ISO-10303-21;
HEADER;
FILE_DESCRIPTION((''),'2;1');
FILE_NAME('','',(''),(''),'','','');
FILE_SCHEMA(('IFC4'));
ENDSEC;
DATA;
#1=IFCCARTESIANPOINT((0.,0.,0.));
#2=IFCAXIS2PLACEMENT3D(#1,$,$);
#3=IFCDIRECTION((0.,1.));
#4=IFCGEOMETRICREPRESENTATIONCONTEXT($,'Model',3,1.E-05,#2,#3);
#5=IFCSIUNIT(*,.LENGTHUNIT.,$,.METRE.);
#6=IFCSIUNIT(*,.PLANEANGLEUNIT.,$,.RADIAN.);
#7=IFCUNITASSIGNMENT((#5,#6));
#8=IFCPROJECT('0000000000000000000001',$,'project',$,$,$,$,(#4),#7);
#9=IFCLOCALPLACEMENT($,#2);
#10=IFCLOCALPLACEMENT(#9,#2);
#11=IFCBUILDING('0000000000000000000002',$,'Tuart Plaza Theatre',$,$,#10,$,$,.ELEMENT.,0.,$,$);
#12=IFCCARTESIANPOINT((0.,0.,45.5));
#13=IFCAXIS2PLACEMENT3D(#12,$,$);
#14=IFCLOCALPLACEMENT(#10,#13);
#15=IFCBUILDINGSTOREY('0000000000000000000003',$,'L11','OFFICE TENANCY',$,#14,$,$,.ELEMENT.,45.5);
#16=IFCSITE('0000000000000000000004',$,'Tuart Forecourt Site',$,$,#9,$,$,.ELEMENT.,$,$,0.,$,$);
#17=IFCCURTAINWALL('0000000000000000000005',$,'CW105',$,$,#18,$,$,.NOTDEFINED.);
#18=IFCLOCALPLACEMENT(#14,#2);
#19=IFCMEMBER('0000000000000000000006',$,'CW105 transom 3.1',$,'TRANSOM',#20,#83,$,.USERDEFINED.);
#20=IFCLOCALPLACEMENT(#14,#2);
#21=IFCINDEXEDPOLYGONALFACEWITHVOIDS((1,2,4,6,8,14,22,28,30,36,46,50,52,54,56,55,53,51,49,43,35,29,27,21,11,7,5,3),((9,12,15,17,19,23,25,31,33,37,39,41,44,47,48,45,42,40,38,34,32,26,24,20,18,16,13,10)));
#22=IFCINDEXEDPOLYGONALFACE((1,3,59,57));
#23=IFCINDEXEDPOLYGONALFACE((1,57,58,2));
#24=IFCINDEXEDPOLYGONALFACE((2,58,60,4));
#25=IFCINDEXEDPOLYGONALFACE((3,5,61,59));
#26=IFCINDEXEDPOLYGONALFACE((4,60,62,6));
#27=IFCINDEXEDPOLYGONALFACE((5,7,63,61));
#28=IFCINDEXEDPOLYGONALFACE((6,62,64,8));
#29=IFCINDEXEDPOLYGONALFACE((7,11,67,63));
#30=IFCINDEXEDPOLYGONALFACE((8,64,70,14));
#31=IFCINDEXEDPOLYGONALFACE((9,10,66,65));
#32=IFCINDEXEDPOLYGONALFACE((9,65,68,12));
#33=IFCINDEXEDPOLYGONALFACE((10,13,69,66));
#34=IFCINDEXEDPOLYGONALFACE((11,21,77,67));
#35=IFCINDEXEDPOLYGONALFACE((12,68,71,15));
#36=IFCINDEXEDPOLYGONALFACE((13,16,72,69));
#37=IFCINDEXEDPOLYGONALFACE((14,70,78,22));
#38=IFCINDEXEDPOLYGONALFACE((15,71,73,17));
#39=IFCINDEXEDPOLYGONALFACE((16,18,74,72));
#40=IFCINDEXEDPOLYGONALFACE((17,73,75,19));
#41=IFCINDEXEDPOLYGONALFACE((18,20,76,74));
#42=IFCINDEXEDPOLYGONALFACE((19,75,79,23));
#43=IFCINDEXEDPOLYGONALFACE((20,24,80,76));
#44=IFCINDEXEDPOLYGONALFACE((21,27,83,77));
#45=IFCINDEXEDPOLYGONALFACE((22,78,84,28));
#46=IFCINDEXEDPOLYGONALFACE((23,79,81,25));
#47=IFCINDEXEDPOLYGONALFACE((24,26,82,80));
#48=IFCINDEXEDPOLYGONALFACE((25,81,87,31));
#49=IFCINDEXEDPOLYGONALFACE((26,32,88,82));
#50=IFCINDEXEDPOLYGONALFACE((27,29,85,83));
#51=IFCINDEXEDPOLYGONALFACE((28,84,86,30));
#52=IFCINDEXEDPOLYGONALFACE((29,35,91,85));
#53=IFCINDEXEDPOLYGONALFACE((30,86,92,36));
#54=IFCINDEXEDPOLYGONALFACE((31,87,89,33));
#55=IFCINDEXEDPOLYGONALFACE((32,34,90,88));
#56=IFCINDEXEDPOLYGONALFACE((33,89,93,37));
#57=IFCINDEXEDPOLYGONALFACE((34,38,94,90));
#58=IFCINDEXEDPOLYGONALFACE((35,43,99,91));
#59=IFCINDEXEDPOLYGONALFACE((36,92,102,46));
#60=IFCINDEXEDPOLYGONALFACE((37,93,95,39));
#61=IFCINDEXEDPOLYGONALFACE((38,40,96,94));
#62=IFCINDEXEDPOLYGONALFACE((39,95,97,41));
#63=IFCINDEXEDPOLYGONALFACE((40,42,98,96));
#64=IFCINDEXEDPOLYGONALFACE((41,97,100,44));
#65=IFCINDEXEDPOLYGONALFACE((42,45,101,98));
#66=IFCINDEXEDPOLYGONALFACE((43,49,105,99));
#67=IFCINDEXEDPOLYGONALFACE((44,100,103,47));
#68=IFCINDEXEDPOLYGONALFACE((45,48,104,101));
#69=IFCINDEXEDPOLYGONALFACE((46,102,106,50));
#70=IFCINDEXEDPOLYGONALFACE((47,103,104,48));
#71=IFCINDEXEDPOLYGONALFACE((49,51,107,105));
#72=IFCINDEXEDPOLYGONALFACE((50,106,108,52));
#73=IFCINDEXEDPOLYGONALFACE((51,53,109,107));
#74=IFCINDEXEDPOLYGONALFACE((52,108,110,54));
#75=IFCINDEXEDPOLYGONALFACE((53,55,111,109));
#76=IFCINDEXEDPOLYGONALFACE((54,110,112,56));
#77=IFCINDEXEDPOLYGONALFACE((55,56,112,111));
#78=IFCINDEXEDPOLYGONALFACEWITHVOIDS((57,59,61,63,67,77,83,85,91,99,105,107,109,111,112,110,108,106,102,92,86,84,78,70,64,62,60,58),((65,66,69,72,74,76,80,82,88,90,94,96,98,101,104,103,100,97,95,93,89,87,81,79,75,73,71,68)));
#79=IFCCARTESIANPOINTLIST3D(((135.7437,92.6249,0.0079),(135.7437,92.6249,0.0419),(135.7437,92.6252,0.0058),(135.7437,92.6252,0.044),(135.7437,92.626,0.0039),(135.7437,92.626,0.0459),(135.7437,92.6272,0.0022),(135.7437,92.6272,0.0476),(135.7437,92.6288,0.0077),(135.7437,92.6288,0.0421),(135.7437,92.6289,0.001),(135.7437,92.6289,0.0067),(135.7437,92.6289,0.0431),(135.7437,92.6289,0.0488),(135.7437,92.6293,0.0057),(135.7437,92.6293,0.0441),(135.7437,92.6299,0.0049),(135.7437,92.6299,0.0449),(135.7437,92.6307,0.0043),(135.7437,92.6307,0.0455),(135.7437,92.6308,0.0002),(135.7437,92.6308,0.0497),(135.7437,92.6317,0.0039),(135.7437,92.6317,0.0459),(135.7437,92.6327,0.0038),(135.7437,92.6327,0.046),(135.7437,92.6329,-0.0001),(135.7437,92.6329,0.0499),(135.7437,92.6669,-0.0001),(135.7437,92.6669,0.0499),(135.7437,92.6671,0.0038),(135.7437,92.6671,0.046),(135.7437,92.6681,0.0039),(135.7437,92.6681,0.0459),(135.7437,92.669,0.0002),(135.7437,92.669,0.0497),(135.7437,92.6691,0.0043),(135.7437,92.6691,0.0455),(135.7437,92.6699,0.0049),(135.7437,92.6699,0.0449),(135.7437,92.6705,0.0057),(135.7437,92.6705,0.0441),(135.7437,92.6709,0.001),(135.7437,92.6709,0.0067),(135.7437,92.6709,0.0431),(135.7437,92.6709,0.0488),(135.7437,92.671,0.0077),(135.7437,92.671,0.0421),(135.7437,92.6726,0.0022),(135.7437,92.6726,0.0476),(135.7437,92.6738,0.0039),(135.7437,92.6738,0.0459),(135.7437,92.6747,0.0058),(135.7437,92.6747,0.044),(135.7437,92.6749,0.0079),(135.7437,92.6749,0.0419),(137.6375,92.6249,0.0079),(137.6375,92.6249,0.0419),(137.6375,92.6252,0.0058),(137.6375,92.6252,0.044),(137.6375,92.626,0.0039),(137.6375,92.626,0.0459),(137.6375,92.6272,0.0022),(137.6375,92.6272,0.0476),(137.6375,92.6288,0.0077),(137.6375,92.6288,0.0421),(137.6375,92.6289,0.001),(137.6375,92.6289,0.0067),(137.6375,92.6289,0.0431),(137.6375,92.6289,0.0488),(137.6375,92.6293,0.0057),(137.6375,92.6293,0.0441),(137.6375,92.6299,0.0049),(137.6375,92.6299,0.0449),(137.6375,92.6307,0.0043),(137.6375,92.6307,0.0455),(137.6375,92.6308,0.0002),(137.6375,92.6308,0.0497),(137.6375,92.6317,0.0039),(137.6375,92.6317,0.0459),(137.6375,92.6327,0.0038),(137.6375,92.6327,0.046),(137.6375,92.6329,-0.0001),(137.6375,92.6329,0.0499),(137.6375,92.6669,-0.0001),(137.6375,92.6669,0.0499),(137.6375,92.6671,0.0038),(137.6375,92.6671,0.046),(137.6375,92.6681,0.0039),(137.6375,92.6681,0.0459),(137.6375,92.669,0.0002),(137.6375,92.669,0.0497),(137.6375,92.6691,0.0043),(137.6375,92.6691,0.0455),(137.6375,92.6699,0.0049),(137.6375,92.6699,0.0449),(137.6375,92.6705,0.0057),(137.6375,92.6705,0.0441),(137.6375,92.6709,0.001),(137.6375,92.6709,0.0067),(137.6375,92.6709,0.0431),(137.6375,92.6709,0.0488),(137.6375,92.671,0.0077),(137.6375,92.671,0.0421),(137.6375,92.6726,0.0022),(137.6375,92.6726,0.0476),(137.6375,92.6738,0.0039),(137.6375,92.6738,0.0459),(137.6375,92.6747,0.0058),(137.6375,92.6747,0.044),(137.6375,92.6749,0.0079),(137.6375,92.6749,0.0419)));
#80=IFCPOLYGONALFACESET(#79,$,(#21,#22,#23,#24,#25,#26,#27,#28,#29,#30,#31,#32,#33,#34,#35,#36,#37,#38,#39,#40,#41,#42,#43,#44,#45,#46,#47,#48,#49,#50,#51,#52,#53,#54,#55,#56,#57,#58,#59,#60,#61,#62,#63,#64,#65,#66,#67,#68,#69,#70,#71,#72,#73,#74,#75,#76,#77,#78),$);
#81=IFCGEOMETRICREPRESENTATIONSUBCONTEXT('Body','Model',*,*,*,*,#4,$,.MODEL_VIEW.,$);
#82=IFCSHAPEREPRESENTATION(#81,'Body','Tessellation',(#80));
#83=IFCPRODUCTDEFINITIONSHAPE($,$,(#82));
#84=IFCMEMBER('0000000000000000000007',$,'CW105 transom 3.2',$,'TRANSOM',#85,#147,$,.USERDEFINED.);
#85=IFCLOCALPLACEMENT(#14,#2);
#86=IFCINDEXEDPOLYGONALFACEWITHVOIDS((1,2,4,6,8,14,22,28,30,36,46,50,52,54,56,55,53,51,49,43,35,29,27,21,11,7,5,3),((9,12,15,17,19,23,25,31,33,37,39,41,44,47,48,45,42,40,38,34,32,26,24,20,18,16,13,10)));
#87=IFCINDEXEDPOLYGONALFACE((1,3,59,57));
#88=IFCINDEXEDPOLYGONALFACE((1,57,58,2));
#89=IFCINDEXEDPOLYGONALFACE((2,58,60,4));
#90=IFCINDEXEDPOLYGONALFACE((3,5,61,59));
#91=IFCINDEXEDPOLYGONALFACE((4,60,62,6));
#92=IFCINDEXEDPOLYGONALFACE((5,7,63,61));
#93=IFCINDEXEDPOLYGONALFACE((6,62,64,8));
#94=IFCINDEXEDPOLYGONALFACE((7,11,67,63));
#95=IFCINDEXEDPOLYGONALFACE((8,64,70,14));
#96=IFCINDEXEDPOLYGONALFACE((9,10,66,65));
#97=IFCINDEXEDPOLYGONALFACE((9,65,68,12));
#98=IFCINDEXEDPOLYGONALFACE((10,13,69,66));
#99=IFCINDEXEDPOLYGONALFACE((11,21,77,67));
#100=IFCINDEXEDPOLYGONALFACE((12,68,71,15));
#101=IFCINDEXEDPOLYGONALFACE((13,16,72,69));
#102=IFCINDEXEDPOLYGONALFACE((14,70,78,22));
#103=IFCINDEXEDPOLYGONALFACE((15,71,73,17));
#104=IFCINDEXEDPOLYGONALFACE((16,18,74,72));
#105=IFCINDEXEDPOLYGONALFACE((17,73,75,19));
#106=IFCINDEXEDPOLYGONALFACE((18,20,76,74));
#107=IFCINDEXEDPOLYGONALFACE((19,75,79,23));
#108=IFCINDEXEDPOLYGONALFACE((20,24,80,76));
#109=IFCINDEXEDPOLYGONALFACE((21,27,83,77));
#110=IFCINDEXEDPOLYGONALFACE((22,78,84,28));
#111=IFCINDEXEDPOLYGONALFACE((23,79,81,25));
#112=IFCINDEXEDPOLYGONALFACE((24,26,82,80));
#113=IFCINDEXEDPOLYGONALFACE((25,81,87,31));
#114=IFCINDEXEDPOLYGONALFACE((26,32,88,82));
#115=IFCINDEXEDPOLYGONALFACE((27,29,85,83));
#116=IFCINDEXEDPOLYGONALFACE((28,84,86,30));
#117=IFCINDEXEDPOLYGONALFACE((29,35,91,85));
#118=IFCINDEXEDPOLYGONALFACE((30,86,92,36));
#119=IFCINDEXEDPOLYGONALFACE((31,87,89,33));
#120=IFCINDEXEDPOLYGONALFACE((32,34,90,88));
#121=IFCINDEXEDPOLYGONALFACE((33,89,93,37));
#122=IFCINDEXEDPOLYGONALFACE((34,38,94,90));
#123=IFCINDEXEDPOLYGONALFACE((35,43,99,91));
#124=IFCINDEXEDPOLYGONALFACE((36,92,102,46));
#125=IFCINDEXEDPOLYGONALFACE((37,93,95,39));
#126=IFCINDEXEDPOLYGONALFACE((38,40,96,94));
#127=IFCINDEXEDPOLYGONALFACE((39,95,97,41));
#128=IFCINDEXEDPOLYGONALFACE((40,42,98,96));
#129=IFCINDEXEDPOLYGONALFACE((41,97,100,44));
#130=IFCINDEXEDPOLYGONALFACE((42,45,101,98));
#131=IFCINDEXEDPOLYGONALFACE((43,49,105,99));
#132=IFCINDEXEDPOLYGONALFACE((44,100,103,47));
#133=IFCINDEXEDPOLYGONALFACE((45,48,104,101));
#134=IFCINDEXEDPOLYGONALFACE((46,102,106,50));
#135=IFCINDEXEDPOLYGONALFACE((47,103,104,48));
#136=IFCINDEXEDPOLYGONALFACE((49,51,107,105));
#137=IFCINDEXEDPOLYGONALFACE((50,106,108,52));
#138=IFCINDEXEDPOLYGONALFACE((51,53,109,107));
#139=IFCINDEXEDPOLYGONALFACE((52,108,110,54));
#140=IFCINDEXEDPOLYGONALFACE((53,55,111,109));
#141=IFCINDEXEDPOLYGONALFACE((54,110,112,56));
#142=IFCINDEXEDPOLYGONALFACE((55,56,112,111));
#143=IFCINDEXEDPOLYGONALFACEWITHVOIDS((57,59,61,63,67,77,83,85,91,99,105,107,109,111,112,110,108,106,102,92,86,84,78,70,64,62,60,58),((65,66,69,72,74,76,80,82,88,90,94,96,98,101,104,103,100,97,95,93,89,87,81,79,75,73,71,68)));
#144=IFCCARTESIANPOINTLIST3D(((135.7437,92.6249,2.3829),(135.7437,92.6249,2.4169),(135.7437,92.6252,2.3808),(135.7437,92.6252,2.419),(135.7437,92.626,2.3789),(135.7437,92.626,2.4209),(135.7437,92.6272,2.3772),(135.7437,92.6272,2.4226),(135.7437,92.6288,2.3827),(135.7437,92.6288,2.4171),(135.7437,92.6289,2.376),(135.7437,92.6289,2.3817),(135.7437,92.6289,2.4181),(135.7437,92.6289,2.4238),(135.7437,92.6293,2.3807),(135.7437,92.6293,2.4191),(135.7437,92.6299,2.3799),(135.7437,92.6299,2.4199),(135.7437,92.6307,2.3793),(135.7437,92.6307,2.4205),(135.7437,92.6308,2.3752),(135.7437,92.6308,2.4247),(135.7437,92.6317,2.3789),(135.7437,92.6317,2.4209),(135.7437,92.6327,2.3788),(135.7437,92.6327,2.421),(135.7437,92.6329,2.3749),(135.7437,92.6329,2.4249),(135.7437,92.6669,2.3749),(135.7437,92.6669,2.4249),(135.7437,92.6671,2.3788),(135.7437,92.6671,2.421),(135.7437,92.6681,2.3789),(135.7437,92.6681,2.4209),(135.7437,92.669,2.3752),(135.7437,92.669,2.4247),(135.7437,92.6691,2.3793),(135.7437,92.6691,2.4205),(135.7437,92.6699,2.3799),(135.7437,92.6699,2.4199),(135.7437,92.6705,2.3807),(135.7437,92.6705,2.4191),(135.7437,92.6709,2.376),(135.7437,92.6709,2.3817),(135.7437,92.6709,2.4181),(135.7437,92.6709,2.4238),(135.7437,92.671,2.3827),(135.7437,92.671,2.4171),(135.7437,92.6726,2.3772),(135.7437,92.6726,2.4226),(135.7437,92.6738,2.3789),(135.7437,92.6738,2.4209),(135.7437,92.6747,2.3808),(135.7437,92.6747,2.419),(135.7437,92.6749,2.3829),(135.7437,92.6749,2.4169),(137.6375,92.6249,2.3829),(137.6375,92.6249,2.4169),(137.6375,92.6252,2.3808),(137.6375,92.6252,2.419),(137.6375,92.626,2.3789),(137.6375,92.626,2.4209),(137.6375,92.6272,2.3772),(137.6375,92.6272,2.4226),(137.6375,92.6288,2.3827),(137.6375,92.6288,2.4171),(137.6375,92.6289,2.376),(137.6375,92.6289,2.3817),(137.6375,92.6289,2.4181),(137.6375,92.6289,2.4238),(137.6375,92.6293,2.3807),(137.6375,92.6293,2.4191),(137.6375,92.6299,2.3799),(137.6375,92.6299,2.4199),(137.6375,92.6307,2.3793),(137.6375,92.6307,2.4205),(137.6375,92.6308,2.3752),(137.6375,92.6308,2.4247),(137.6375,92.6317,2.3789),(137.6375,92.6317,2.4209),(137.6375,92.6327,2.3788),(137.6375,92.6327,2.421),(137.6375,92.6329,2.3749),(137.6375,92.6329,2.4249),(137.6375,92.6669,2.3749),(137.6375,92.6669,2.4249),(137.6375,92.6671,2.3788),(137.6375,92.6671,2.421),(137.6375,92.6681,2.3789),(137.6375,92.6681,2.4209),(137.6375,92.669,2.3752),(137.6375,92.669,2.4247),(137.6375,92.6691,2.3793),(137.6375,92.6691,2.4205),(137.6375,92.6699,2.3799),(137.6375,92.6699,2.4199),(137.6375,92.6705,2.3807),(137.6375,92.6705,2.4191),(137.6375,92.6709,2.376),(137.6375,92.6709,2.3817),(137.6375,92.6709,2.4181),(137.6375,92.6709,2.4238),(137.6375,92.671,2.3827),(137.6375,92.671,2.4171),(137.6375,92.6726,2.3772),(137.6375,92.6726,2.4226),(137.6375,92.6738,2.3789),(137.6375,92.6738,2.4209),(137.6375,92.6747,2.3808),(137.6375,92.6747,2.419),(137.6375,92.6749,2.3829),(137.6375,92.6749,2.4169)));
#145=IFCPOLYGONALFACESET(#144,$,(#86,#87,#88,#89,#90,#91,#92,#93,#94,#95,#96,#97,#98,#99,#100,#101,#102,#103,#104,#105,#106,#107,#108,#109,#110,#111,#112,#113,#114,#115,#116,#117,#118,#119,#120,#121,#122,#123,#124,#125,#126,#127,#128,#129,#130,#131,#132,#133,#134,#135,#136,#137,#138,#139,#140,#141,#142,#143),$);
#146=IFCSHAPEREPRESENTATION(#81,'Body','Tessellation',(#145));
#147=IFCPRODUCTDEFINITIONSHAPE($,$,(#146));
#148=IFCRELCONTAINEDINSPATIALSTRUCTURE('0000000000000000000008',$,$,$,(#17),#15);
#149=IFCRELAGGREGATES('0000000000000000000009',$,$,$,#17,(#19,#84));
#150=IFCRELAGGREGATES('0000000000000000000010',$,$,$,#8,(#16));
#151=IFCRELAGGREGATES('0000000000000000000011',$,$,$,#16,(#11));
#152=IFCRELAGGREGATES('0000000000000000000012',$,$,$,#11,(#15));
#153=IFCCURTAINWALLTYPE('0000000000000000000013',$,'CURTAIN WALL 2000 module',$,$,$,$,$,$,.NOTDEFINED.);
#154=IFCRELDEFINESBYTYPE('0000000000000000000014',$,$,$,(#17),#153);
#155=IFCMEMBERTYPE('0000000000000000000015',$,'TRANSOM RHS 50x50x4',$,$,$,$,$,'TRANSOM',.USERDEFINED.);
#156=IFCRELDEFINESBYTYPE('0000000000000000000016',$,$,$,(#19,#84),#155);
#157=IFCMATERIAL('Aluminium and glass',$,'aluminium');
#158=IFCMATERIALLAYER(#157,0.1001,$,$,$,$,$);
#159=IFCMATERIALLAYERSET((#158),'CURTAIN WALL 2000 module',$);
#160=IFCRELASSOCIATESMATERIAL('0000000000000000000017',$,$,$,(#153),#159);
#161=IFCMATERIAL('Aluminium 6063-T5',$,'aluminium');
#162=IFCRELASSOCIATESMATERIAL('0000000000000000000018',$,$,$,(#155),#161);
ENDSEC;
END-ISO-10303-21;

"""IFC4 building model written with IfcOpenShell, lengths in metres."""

from ifc_helpers import new_model, si_unit, direction, frame, origin, origin_2d, place, context, subcontext, project, spatial, hollow_rectangle, extrude, material, layer, layer_set, material_profile, profile_set, type_object, element, aggregate, save


model = new_model("IFC4")

# Units and contexts
model_context = context("Model", 3, precision=1e-05, world=origin(), true_north=direction((0.0, 1.0)))
body_context = subcontext(model_context, "Body", "Model", "MODEL_VIEW")
ifc_project = project(units=[si_unit("LENGTHUNIT", "METRE"), si_unit("PLANEANGLEUNIT", "RADIAN")], contexts=[model_context])

# Site, building, storey
site_placement = place(None, origin())
site = spatial("IfcSite", under=ifc_project, at=site_placement, Name="Tuart Forecourt Site", CompositionType="ELEMENT", RefElevation=0.0)
building_placement = place(site_placement, origin())
building = spatial("IfcBuilding", under=site, at=building_placement, Name="Tuart Plaza Theatre", CompositionType="ELEMENT", ElevationOfRefHeight=0.0)
storey_placement = place(building_placement, frame((0.0, 0.0, 45.5)))
storey = spatial("IfcBuildingStorey", under=building, at=storey_placement, Name="L11", Description="OFFICE TENANCY", CompositionType="ELEMENT", Elevation=45.5)

# Curtain wall, members
ifc_material_1 = material(Name="Aluminium and glass", Category="aluminium")
ifc_layer_1 = layer(ifc_material_1, 0.1001)
ifc_layer_set_1 = layer_set([ifc_layer_1], Name="CURTAIN WALL 2000 module")
curtain_wall_type = type_object("IfcCurtainWallType", Name="CURTAIN WALL 2000 module", PredefinedType="NOTDEFINED", material=ifc_layer_set_1)
curtain_wall_placement = place(storey_placement, origin())
curtain_wall = element("IfcCurtainWall", 1, at=curtain_wall_placement, inside=storey, type_object=curtain_wall_type, Name="CW105", PredefinedType="NOTDEFINED")
ifc_material_2 = material(Name="Aluminium 6063-T5", Category="aluminium")
ifc_material_profile_1 = material_profile(ifc_material_2, hollow_rectangle(XDim=0.05, YDim=0.05, WallThickness=0.0039, InnerFilletRadius=0.0039, OuterFilletRadius=0.0081, at=origin_2d()), Name="RHS 50x50x4")
ifc_profile_set_1 = profile_set([ifc_material_profile_1], Name="Aluminium 6063-T5")
member_type_1 = type_object("IfcMemberType", Name="TRANSOM RHS 50x50x4", ElementType="TRANSOM", PredefinedType="USERDEFINED", material=ifc_profile_set_1)
member_1_placement = place(storey_placement, frame((137.6375, 92.6499, 0.0249), z_axis=(-1.0, 0.0, 0.0), x_axis=(0.0, -1.0, 0.0)))
member_1 = element("IfcMember", 2, at=member_1_placement, type_object=member_type_1, Name="CW105 transom 3.1", ObjectType="TRANSOM", PredefinedType="USERDEFINED", context=body_context, shape_type="SweptSolid", body=[
    extrude(hollow_rectangle(XDim=0.05, YDim=0.05, WallThickness=0.0039, InnerFilletRadius=0.0039, OuterFilletRadius=0.0081, at=origin_2d()), origin(), (0.0, 0.0, 1.0), 1.8938),
])
member_2_placement = place(storey_placement, frame((137.6375, 92.6499, 2.3999), z_axis=(-1.0, 0.0, 0.0), x_axis=(0.0, -1.0, 0.0)))
member_2 = element("IfcMember", 3, at=member_2_placement, type_object=member_type_1, Name="CW105 transom 3.2", ObjectType="TRANSOM", PredefinedType="USERDEFINED", context=body_context, shape_type="SweptSolid", body=[
    extrude(hollow_rectangle(XDim=0.05, YDim=0.05, WallThickness=0.0039, InnerFilletRadius=0.0039, OuterFilletRadius=0.0081, at=origin_2d()), origin(), (0.0, 0.0, 1.0), 1.8938),
])
aggregate(curtain_wall, [member_1, member_2])

save(model, "model.ifc")
